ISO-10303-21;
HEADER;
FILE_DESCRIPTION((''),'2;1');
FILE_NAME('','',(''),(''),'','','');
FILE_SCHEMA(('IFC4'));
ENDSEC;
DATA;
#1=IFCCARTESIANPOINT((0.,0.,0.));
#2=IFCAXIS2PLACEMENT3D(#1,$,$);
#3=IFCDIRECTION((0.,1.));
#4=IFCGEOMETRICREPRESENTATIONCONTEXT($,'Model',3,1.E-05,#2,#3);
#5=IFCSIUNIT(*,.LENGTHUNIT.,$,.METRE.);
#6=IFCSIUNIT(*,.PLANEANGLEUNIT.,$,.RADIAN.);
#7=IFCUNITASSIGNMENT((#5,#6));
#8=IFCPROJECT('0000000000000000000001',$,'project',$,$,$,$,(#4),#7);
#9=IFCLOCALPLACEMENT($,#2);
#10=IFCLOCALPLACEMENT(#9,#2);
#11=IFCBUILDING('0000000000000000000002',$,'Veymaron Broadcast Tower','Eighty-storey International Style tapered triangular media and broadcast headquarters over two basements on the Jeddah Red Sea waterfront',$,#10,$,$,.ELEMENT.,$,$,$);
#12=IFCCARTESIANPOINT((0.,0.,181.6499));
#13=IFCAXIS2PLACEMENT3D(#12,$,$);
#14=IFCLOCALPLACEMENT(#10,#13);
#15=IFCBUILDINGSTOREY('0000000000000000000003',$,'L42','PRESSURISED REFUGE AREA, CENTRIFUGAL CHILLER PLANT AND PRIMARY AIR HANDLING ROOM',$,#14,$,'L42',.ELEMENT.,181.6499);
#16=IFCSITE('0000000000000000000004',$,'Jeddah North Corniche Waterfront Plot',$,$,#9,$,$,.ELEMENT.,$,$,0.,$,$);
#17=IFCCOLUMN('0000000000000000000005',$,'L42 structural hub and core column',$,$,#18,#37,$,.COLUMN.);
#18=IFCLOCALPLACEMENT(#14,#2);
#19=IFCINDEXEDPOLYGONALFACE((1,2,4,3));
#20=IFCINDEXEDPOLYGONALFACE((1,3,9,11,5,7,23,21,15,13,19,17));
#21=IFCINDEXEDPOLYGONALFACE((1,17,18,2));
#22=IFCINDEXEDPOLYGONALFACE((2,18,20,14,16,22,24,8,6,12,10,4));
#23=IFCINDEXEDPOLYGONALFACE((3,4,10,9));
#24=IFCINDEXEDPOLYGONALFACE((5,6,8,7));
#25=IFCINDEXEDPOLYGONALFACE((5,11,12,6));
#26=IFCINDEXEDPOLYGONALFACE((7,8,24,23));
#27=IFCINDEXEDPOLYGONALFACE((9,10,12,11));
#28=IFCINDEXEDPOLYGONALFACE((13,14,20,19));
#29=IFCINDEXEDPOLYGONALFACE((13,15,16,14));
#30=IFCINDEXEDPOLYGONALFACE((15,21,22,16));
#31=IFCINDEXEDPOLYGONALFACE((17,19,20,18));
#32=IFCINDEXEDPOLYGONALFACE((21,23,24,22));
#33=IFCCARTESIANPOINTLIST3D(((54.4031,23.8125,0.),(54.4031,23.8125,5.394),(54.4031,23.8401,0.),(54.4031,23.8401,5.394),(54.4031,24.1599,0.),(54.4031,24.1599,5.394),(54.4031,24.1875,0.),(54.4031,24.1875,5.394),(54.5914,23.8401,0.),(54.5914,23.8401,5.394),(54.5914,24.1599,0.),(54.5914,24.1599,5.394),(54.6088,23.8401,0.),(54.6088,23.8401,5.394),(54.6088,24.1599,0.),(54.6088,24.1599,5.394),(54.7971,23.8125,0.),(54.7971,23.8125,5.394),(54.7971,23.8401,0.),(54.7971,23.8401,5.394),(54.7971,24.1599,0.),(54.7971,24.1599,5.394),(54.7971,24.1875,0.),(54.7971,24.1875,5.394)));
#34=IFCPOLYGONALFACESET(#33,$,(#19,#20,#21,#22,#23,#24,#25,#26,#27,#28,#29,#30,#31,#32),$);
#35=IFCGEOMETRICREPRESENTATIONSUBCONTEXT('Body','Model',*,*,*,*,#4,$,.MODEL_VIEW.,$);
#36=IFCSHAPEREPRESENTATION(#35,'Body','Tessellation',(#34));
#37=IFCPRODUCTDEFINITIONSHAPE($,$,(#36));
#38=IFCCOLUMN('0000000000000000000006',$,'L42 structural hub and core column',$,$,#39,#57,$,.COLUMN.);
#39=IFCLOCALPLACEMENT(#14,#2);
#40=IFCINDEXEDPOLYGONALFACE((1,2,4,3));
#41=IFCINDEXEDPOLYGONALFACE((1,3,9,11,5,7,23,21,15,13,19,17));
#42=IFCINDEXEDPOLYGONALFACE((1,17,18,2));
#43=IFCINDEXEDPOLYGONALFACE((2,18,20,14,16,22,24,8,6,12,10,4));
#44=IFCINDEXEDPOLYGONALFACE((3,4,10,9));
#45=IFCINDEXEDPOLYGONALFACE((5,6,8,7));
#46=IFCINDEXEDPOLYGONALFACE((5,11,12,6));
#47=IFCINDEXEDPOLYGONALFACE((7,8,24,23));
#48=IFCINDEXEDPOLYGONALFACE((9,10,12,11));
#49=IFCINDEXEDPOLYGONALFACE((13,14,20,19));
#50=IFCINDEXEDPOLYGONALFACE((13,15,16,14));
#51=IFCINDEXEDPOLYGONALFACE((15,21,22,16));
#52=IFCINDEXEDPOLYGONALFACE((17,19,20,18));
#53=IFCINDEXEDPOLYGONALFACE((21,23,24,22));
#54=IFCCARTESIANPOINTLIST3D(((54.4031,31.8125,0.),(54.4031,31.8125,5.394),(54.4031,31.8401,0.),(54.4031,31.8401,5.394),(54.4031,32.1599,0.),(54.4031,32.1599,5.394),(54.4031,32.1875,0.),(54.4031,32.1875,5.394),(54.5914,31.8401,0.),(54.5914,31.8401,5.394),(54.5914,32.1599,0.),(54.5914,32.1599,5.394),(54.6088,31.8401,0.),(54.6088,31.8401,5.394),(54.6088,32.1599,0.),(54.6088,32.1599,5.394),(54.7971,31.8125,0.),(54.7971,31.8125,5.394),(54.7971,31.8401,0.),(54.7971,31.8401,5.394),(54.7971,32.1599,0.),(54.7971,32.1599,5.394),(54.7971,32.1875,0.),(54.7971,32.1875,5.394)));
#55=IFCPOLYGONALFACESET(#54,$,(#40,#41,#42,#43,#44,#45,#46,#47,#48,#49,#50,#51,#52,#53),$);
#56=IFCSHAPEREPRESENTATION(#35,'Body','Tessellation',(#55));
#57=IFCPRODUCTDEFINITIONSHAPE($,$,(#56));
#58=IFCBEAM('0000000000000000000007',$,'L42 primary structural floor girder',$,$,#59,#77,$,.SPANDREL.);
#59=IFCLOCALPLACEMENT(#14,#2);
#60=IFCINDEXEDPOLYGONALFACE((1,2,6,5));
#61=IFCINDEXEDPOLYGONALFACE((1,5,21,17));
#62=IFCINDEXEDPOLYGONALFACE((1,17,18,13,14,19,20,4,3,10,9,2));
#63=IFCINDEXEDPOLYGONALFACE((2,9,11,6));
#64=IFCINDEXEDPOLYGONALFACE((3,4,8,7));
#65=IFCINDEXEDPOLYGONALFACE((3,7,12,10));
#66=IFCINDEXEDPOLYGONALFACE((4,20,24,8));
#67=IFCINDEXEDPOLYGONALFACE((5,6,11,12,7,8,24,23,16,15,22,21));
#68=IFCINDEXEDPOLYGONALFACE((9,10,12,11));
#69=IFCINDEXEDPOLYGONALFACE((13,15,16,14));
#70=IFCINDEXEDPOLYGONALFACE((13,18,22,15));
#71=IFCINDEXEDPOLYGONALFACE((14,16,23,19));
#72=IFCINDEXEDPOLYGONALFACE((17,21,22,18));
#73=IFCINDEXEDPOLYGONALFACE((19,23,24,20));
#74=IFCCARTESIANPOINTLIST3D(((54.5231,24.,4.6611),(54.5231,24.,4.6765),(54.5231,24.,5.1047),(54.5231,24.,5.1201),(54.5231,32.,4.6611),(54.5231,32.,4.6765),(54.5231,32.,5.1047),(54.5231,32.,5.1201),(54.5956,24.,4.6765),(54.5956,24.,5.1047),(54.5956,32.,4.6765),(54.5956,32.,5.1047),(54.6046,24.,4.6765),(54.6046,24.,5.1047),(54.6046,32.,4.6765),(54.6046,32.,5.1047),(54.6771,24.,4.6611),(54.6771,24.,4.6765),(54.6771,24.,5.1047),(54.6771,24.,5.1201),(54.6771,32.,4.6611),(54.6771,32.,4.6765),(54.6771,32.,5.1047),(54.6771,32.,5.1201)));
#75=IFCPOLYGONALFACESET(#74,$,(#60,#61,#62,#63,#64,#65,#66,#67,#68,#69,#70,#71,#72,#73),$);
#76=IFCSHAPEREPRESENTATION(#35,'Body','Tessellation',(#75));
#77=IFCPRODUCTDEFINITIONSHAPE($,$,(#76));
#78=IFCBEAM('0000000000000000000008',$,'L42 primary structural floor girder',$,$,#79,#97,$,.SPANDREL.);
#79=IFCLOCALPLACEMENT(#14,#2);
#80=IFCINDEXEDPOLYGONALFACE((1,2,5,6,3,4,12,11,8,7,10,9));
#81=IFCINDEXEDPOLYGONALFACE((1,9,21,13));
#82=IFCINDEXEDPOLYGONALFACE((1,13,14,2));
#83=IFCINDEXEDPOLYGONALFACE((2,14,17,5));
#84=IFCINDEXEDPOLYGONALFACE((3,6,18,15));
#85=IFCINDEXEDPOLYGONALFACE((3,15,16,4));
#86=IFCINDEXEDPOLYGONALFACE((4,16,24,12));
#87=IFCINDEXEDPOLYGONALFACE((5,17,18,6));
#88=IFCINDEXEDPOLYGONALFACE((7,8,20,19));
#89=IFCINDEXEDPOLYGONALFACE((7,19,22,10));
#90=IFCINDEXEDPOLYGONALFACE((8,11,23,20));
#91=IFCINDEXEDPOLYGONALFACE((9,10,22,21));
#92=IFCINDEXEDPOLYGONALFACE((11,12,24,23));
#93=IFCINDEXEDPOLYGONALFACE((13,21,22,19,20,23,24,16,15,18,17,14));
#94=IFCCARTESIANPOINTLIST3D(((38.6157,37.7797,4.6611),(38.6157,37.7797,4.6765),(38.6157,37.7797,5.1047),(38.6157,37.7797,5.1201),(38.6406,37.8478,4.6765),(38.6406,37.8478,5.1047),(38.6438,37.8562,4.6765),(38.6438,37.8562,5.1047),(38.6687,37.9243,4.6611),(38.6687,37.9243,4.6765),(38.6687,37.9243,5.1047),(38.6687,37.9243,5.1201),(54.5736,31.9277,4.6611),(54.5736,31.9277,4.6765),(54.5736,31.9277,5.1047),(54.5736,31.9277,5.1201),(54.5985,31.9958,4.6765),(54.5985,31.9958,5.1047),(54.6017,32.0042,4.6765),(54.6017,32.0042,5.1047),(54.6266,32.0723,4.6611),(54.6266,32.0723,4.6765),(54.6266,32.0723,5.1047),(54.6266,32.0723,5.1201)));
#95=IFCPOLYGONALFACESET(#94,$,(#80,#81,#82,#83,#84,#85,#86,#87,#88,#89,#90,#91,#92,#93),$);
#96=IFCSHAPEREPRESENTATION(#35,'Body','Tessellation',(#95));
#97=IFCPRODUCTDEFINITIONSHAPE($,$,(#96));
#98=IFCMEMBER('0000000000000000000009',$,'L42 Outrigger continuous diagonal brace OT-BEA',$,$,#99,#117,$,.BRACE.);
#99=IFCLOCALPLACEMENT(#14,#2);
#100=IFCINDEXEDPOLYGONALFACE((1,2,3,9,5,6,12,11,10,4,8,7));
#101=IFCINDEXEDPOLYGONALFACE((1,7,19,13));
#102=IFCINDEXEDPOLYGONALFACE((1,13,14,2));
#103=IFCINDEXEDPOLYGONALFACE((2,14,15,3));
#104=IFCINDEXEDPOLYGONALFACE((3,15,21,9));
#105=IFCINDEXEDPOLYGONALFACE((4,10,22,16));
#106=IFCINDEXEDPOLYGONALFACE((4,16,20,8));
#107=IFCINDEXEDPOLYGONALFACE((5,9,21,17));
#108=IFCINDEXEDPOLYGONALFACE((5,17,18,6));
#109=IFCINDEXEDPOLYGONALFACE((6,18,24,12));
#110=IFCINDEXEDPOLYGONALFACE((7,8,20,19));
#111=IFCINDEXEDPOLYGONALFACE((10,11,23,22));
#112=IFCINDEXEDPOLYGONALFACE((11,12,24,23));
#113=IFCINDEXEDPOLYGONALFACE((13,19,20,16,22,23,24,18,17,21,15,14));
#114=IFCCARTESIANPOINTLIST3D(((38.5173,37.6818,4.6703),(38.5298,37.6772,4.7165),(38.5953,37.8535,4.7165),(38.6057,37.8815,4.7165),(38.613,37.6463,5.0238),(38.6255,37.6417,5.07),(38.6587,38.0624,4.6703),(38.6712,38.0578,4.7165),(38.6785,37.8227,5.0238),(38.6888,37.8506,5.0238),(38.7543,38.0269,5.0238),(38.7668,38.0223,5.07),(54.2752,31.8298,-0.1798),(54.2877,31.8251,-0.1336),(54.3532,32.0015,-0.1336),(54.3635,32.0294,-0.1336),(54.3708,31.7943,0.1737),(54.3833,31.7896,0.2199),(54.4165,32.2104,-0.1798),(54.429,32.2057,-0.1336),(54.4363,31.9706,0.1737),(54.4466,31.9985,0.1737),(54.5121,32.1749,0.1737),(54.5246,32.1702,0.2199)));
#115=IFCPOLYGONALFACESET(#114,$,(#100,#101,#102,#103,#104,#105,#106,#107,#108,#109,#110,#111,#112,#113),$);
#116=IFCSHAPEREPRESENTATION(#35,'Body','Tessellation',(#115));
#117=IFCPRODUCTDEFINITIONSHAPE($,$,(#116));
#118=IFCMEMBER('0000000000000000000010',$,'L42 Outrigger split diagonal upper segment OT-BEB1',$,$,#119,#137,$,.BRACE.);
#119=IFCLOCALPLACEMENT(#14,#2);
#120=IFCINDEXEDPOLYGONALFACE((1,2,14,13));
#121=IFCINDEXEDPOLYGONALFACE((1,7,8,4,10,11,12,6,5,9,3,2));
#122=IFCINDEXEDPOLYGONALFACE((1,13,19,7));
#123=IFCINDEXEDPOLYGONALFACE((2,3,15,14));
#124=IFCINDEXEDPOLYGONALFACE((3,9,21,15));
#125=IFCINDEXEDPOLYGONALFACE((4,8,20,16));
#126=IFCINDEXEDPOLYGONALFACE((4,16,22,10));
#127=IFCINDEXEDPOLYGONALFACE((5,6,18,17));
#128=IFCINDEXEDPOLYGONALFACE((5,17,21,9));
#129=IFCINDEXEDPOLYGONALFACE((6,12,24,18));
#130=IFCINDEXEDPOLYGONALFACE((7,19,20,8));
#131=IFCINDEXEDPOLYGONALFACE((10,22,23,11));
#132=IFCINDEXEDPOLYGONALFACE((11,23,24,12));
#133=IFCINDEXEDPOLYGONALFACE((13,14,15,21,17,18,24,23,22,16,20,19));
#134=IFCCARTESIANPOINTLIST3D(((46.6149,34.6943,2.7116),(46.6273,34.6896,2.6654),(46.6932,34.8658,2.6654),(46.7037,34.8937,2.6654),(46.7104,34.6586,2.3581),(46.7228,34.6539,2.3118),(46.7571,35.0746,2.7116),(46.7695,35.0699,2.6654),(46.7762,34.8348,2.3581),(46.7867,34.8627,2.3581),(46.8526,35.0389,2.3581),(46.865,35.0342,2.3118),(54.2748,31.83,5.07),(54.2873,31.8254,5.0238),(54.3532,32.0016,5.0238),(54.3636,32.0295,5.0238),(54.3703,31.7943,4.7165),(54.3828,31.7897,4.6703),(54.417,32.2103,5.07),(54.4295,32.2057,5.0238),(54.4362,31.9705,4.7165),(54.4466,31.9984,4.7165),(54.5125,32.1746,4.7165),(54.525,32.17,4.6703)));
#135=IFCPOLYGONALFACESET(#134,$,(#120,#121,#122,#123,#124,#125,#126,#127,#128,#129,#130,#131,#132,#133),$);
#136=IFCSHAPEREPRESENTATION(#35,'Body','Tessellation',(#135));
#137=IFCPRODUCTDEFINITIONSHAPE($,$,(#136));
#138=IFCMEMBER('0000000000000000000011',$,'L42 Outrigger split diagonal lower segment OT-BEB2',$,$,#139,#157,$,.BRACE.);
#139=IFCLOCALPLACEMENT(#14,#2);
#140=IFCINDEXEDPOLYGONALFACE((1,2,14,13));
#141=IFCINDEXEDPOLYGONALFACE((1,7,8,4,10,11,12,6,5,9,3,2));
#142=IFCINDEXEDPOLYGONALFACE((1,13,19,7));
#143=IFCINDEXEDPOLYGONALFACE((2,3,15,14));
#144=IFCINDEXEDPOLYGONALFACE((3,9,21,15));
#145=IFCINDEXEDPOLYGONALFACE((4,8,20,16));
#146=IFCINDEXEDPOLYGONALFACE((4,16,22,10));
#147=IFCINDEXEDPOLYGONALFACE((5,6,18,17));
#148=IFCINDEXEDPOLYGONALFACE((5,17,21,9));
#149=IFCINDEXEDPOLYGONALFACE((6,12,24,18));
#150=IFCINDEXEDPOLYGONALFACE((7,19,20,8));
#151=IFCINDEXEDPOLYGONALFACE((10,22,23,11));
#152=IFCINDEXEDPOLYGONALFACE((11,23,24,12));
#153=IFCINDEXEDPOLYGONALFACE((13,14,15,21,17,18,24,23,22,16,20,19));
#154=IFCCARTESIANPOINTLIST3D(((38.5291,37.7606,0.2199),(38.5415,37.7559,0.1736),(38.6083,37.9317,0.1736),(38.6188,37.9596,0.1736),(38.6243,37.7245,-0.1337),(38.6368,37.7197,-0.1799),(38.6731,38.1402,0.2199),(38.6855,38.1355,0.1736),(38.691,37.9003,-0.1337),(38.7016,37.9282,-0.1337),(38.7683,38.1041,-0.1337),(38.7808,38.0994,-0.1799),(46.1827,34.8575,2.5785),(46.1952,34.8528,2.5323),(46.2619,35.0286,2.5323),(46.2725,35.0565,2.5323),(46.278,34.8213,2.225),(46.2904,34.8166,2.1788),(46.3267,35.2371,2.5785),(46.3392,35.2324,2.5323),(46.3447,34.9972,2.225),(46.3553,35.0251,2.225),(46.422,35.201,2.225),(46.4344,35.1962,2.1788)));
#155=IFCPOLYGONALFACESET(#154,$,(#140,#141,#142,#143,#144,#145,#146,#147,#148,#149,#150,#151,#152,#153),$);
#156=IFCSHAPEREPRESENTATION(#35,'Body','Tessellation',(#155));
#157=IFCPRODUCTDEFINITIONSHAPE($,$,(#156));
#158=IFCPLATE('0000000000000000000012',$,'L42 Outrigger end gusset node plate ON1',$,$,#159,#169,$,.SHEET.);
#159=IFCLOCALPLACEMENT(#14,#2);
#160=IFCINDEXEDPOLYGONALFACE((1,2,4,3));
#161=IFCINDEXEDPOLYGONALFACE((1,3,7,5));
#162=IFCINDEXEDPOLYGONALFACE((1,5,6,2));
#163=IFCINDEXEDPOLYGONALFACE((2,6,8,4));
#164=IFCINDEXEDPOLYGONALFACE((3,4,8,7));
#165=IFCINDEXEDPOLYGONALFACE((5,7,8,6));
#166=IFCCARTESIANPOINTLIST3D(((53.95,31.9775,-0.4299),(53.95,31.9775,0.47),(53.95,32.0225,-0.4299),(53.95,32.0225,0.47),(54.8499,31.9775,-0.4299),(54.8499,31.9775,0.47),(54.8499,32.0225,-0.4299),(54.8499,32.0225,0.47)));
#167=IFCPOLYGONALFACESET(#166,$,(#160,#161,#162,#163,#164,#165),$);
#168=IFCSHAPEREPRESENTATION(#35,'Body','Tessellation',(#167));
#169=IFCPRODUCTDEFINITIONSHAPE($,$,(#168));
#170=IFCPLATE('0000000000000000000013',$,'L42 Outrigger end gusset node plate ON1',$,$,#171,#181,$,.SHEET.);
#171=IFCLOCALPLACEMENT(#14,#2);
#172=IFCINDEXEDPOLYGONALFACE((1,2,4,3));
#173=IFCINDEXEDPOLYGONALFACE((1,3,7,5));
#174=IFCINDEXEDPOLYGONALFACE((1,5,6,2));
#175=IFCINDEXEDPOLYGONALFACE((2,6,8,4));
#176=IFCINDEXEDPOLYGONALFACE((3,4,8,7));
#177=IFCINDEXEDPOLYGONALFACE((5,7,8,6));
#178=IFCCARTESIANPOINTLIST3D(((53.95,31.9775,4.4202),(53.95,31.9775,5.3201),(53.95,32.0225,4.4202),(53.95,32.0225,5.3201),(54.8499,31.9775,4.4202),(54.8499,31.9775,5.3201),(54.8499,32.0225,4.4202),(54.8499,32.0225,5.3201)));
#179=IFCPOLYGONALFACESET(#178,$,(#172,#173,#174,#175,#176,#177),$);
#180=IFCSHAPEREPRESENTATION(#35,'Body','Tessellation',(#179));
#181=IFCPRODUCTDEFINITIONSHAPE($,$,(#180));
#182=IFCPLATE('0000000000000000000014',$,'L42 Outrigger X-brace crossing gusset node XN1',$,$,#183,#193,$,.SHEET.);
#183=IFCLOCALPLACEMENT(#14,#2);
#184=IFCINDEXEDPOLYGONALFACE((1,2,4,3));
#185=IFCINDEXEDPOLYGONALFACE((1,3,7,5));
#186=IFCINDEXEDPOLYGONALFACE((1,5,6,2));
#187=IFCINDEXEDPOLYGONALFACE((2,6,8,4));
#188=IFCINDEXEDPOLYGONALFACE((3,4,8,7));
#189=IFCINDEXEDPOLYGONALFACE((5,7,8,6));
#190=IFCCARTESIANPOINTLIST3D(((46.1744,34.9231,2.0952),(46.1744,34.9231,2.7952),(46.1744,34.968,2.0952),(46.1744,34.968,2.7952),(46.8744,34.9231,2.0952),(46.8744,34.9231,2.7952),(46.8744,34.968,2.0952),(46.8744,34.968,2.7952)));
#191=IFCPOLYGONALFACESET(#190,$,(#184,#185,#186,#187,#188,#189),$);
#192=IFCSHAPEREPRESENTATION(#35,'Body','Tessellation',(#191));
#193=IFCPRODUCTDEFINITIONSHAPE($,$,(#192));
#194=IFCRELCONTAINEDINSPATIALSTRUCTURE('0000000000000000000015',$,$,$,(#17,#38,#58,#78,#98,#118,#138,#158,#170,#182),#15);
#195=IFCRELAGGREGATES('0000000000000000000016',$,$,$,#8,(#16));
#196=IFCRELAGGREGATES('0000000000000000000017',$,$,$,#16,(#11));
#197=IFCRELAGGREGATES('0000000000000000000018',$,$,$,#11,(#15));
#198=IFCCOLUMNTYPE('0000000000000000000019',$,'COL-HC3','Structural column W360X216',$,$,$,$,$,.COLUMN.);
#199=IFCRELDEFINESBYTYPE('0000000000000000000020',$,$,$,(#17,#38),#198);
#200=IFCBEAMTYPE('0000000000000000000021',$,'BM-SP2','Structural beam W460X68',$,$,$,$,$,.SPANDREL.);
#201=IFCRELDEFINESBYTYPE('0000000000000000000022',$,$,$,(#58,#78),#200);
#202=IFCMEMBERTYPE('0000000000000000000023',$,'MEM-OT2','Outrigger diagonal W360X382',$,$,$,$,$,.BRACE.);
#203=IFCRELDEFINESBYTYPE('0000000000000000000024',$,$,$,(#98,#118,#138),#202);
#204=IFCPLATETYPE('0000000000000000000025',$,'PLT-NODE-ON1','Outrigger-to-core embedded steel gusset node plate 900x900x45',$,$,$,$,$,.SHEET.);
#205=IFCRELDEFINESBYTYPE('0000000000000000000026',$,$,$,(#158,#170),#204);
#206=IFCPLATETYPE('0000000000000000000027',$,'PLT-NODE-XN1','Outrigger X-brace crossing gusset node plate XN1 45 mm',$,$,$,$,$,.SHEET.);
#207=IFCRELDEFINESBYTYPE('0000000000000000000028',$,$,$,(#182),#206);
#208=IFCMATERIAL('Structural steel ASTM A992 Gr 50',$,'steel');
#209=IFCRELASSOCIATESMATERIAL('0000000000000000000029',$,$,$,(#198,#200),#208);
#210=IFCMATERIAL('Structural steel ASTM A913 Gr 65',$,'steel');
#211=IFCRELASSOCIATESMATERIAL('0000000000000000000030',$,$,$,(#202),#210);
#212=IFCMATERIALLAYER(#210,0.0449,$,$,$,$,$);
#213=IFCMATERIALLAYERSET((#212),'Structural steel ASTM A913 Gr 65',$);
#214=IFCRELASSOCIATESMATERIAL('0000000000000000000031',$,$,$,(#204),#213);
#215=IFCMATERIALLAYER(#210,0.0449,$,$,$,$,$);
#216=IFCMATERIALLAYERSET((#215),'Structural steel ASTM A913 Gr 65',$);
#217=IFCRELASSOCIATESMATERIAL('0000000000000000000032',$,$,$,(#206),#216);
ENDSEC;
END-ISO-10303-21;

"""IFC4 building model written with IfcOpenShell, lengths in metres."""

from ifc_helpers import new_model, si_unit, direction, frame, origin, origin_2d, place, context, subcontext, project, spatial, rectangle, i_section, extrude, material, layer, layer_set, material_profile, profile_set, type_object, element, save


model = new_model("IFC4")

# Units and contexts
model_context = context("Model", 3, precision=1e-05, world=origin(), true_north=direction((0.0, 1.0)))
body_context = subcontext(model_context, "Body", "Model", "MODEL_VIEW")
ifc_project = project(units=[si_unit("LENGTHUNIT", "METRE"), si_unit("PLANEANGLEUNIT", "RADIAN")], contexts=[model_context])

# Site, building, storey
site_placement = place(None, origin())
site = spatial("IfcSite", under=ifc_project, at=site_placement, Name="Jeddah North Corniche Waterfront Plot", CompositionType="ELEMENT", RefElevation=0.0)
building_placement = place(site_placement, origin())
building = spatial("IfcBuilding", under=site, at=building_placement, Name="Veymaron Broadcast Tower", Description="Eighty-storey International Style tapered triangular media and broadcast headquarters over two basements on the Jeddah Red Sea waterfront", CompositionType="ELEMENT")
storey_placement = place(building_placement, frame((0.0, 0.0, 181.6499)))
storey = spatial("IfcBuildingStorey", under=building, at=storey_placement, Name="L42", Description="PRESSURISED REFUGE AREA, CENTRIFUGAL CHILLER PLANT AND PRIMARY AIR HANDLING ROOM", LongName="L42", CompositionType="ELEMENT", Elevation=181.6499)

# Columns
ifc_material_1 = material(Name="Structural steel ASTM A992 Gr 50", Category="steel")
ifc_material_profile_1 = material_profile(ifc_material_1, i_section(OverallWidth=0.394, OverallDepth=0.375, WebThickness=0.0173, FlangeThickness=0.0276, at=origin_2d()), Name="W360X216")
ifc_profile_set_1 = profile_set([ifc_material_profile_1], Name="Structural steel ASTM A992 Gr 50")
column_type = type_object("IfcColumnType", Name="COL-HC3", Description="Structural column W360X216", PredefinedType="COLUMN", material=ifc_profile_set_1)
for number, where, z_axis, x_axis, name in (
    (1, (54.6001, 24.0, 0.0), (0.0, 0.0, 1.0), (1.0, 0.0, 0.0), "L42 structural hub and core column"),
    (2, (54.6001, 32.0, 0.0), (0.0, 0.0, 1.0), (1.0, 0.0, 0.0), "L42 structural hub and core column"),
):
    element("IfcColumn", number, at=place(storey_placement, frame(where, z_axis=z_axis, x_axis=x_axis)), inside=storey, type_object=column_type, Name=name, PredefinedType="COLUMN", context=body_context, shape_type="SweptSolid", body=[
        extrude(i_section(OverallWidth=0.394, OverallDepth=0.375, WebThickness=0.0173, FlangeThickness=0.0276, at=origin_2d()), origin(), (0.0, 0.0, 1.0), 5.394),
    ])

# Beams
ifc_material_profile_2 = material_profile(ifc_material_1, i_section(OverallWidth=0.1541, OverallDepth=0.459, WebThickness=0.009, FlangeThickness=0.0154, at=origin_2d()), Name="W460X68")
ifc_profile_set_2 = profile_set([ifc_material_profile_2], Name="Structural steel ASTM A992 Gr 50")
beam_type = type_object("IfcBeamType", Name="BM-SP2", Description="Structural beam W460X68", PredefinedType="SPANDREL", material=ifc_profile_set_2)
beam_1_placement = place(storey_placement, frame((54.6001, 24.0, 4.8906), z_axis=(0.0, 1.0, 0.0), x_axis=(-1.0, 0.0, 0.0)))
element("IfcBeam", 3, at=beam_1_placement, inside=storey, type_object=beam_type, Name="L42 primary structural floor girder", PredefinedType="SPANDREL", context=body_context, shape_type="SweptSolid", body=[
    extrude(i_section(OverallWidth=0.1541, OverallDepth=0.459, WebThickness=0.009, FlangeThickness=0.0154, at=origin_2d()), origin(), (0.0, 0.0, 1.0), 8.0),
])
beam_2_placement = place(storey_placement, frame((54.6001, 32.0, 4.8906), z_axis=(-0.938861, 0.344295, 0.0), x_axis=(-0.344295, -0.938861, 0.0)))
element("IfcBeam", 4, at=beam_2_placement, inside=storey, type_object=beam_type, Name="L42 primary structural floor girder", PredefinedType="SPANDREL", context=body_context, shape_type="SweptSolid", body=[
    extrude(i_section(OverallWidth=0.1541, OverallDepth=0.459, WebThickness=0.009, FlangeThickness=0.0154, at=origin_2d()), origin(), (0.0, 0.0, 1.0), 16.9971),
])

# Members
ifc_material_2 = material(Name="Structural steel ASTM A913 Gr 65", Category="steel")
ifc_material_profile_3 = material_profile(ifc_material_2, i_section(OverallWidth=0.406, OverallDepth=0.416, WebThickness=0.0298, FlangeThickness=0.0481, at=origin_2d()), Name="W360X382")
ifc_profile_set_3 = profile_set([ifc_material_profile_3], Name="Structural steel ASTM A913 Gr 65")
member_type = type_object("IfcMemberType", Name="MEM-OT2", Description="Outrigger diagonal W360X382", PredefinedType="BRACE", material=ifc_profile_set_3)
member_1_placement = place(storey_placement, frame((54.3999, 32.0, 0.02), z_axis=(-0.900699, 0.334497, 0.277226), x_axis=(-0.348142, -0.937442, 0.0)))
element("IfcMember", 5, at=member_1_placement, inside=storey, type_object=member_type, Name="L42 Outrigger continuous diagonal brace OT-BEA", PredefinedType="BRACE", context=body_context, shape_type="SweptSolid", body=[
    extrude(i_section(OverallWidth=0.406, OverallDepth=0.416, WebThickness=0.0298, FlangeThickness=0.0481, at=origin_2d()), origin(), (0.0, 0.0, 1.0), 17.4951),
])
member_2_placement = place(storey_placement, frame((54.3999, 32.0, 4.8701), z_axis=(-0.899982, 0.336529, -0.277094), x_axis=(-0.350243, -0.936659, 0.0)))
element("IfcMember", 6, at=member_2_placement, inside=storey, type_object=member_type, Name="L42 Outrigger split diagonal upper segment OT-BEB1", PredefinedType="BRACE", context=body_context, shape_type="SweptSolid", body=[
    extrude(i_section(OverallWidth=0.406, OverallDepth=0.416, WebThickness=0.0298, FlangeThickness=0.0481, at=origin_2d()), origin(), (0.0, 0.0, 1.0), 8.5112),
])
member_3_placement = place(storey_placement, frame((46.3086, 35.0269, 2.3787), z_axis=(-0.898444, 0.340789, -0.276879), x_axis=(-0.354654, -0.934998, 0.0)))
element("IfcMember", 7, at=member_3_placement, inside=storey, type_object=member_type, Name="L42 Outrigger split diagonal lower segment OT-BEB2", PredefinedType="BRACE", context=body_context, shape_type="SweptSolid", body=[
    extrude(i_section(OverallWidth=0.406, OverallDepth=0.416, WebThickness=0.0298, FlangeThickness=0.0481, at=origin_2d()), origin(), (0.0, 0.0, 1.0), 8.5188),
])

# Plates
ifc_layer_1 = layer(ifc_material_2, 0.0449)
ifc_layer_set_1 = layer_set([ifc_layer_1], Name="Structural steel ASTM A913 Gr 65")
plate_type_1 = type_object("IfcPlateType", Name="PLT-NODE-ON1", Description="Outrigger-to-core embedded steel gusset node plate 900x900x45", PredefinedType="SHEET", material=ifc_layer_set_1)
for number, where, z_axis, x_axis, name in (
    (8, (54.3999, 32.0, -0.4299), (0.0, 0.0, 1.0), (1.0, 0.0, 0.0), "L42 Outrigger end gusset node plate ON1"),
    (9, (54.3999, 32.0, 4.4202), (0.0, 0.0, 1.0), (1.0, 0.0, 0.0), "L42 Outrigger end gusset node plate ON1"),
):
    element("IfcPlate", number, at=place(storey_placement, frame(where, z_axis=z_axis, x_axis=x_axis)), inside=storey, type_object=plate_type_1, Name=name, PredefinedType="SHEET", context=body_context, shape_type="SweptSolid", body=[
        extrude(rectangle(XDim=0.8999, YDim=0.0449, at=origin_2d()), origin(), (0.0, 0.0, 1.0), 0.8999),
    ])
ifc_layer_2 = layer(ifc_material_2, 0.0449)
ifc_layer_set_2 = layer_set([ifc_layer_2], Name="Structural steel ASTM A913 Gr 65")
plate_type_2 = type_object("IfcPlateType", Name="PLT-NODE-XN1", Description="Outrigger X-brace crossing gusset node plate XN1 45 mm", PredefinedType="SHEET", material=ifc_layer_set_2)
plate_placement = place(storey_placement, frame((46.5244, 34.9456, 2.0952), z_axis=(0.0, 0.0, 1.0), x_axis=(1.0, 0.0, 0.0)))
element("IfcPlate", 10, at=plate_placement, inside=storey, type_object=plate_type_2, Name="L42 Outrigger X-brace crossing gusset node XN1", PredefinedType="SHEET", context=body_context, shape_type="SweptSolid", body=[
    extrude(rectangle(XDim=0.7, YDim=0.0449, at=origin_2d()), origin(), (0.0, 0.0, 1.0), 0.7),
])

save(model, "model.ifc")
